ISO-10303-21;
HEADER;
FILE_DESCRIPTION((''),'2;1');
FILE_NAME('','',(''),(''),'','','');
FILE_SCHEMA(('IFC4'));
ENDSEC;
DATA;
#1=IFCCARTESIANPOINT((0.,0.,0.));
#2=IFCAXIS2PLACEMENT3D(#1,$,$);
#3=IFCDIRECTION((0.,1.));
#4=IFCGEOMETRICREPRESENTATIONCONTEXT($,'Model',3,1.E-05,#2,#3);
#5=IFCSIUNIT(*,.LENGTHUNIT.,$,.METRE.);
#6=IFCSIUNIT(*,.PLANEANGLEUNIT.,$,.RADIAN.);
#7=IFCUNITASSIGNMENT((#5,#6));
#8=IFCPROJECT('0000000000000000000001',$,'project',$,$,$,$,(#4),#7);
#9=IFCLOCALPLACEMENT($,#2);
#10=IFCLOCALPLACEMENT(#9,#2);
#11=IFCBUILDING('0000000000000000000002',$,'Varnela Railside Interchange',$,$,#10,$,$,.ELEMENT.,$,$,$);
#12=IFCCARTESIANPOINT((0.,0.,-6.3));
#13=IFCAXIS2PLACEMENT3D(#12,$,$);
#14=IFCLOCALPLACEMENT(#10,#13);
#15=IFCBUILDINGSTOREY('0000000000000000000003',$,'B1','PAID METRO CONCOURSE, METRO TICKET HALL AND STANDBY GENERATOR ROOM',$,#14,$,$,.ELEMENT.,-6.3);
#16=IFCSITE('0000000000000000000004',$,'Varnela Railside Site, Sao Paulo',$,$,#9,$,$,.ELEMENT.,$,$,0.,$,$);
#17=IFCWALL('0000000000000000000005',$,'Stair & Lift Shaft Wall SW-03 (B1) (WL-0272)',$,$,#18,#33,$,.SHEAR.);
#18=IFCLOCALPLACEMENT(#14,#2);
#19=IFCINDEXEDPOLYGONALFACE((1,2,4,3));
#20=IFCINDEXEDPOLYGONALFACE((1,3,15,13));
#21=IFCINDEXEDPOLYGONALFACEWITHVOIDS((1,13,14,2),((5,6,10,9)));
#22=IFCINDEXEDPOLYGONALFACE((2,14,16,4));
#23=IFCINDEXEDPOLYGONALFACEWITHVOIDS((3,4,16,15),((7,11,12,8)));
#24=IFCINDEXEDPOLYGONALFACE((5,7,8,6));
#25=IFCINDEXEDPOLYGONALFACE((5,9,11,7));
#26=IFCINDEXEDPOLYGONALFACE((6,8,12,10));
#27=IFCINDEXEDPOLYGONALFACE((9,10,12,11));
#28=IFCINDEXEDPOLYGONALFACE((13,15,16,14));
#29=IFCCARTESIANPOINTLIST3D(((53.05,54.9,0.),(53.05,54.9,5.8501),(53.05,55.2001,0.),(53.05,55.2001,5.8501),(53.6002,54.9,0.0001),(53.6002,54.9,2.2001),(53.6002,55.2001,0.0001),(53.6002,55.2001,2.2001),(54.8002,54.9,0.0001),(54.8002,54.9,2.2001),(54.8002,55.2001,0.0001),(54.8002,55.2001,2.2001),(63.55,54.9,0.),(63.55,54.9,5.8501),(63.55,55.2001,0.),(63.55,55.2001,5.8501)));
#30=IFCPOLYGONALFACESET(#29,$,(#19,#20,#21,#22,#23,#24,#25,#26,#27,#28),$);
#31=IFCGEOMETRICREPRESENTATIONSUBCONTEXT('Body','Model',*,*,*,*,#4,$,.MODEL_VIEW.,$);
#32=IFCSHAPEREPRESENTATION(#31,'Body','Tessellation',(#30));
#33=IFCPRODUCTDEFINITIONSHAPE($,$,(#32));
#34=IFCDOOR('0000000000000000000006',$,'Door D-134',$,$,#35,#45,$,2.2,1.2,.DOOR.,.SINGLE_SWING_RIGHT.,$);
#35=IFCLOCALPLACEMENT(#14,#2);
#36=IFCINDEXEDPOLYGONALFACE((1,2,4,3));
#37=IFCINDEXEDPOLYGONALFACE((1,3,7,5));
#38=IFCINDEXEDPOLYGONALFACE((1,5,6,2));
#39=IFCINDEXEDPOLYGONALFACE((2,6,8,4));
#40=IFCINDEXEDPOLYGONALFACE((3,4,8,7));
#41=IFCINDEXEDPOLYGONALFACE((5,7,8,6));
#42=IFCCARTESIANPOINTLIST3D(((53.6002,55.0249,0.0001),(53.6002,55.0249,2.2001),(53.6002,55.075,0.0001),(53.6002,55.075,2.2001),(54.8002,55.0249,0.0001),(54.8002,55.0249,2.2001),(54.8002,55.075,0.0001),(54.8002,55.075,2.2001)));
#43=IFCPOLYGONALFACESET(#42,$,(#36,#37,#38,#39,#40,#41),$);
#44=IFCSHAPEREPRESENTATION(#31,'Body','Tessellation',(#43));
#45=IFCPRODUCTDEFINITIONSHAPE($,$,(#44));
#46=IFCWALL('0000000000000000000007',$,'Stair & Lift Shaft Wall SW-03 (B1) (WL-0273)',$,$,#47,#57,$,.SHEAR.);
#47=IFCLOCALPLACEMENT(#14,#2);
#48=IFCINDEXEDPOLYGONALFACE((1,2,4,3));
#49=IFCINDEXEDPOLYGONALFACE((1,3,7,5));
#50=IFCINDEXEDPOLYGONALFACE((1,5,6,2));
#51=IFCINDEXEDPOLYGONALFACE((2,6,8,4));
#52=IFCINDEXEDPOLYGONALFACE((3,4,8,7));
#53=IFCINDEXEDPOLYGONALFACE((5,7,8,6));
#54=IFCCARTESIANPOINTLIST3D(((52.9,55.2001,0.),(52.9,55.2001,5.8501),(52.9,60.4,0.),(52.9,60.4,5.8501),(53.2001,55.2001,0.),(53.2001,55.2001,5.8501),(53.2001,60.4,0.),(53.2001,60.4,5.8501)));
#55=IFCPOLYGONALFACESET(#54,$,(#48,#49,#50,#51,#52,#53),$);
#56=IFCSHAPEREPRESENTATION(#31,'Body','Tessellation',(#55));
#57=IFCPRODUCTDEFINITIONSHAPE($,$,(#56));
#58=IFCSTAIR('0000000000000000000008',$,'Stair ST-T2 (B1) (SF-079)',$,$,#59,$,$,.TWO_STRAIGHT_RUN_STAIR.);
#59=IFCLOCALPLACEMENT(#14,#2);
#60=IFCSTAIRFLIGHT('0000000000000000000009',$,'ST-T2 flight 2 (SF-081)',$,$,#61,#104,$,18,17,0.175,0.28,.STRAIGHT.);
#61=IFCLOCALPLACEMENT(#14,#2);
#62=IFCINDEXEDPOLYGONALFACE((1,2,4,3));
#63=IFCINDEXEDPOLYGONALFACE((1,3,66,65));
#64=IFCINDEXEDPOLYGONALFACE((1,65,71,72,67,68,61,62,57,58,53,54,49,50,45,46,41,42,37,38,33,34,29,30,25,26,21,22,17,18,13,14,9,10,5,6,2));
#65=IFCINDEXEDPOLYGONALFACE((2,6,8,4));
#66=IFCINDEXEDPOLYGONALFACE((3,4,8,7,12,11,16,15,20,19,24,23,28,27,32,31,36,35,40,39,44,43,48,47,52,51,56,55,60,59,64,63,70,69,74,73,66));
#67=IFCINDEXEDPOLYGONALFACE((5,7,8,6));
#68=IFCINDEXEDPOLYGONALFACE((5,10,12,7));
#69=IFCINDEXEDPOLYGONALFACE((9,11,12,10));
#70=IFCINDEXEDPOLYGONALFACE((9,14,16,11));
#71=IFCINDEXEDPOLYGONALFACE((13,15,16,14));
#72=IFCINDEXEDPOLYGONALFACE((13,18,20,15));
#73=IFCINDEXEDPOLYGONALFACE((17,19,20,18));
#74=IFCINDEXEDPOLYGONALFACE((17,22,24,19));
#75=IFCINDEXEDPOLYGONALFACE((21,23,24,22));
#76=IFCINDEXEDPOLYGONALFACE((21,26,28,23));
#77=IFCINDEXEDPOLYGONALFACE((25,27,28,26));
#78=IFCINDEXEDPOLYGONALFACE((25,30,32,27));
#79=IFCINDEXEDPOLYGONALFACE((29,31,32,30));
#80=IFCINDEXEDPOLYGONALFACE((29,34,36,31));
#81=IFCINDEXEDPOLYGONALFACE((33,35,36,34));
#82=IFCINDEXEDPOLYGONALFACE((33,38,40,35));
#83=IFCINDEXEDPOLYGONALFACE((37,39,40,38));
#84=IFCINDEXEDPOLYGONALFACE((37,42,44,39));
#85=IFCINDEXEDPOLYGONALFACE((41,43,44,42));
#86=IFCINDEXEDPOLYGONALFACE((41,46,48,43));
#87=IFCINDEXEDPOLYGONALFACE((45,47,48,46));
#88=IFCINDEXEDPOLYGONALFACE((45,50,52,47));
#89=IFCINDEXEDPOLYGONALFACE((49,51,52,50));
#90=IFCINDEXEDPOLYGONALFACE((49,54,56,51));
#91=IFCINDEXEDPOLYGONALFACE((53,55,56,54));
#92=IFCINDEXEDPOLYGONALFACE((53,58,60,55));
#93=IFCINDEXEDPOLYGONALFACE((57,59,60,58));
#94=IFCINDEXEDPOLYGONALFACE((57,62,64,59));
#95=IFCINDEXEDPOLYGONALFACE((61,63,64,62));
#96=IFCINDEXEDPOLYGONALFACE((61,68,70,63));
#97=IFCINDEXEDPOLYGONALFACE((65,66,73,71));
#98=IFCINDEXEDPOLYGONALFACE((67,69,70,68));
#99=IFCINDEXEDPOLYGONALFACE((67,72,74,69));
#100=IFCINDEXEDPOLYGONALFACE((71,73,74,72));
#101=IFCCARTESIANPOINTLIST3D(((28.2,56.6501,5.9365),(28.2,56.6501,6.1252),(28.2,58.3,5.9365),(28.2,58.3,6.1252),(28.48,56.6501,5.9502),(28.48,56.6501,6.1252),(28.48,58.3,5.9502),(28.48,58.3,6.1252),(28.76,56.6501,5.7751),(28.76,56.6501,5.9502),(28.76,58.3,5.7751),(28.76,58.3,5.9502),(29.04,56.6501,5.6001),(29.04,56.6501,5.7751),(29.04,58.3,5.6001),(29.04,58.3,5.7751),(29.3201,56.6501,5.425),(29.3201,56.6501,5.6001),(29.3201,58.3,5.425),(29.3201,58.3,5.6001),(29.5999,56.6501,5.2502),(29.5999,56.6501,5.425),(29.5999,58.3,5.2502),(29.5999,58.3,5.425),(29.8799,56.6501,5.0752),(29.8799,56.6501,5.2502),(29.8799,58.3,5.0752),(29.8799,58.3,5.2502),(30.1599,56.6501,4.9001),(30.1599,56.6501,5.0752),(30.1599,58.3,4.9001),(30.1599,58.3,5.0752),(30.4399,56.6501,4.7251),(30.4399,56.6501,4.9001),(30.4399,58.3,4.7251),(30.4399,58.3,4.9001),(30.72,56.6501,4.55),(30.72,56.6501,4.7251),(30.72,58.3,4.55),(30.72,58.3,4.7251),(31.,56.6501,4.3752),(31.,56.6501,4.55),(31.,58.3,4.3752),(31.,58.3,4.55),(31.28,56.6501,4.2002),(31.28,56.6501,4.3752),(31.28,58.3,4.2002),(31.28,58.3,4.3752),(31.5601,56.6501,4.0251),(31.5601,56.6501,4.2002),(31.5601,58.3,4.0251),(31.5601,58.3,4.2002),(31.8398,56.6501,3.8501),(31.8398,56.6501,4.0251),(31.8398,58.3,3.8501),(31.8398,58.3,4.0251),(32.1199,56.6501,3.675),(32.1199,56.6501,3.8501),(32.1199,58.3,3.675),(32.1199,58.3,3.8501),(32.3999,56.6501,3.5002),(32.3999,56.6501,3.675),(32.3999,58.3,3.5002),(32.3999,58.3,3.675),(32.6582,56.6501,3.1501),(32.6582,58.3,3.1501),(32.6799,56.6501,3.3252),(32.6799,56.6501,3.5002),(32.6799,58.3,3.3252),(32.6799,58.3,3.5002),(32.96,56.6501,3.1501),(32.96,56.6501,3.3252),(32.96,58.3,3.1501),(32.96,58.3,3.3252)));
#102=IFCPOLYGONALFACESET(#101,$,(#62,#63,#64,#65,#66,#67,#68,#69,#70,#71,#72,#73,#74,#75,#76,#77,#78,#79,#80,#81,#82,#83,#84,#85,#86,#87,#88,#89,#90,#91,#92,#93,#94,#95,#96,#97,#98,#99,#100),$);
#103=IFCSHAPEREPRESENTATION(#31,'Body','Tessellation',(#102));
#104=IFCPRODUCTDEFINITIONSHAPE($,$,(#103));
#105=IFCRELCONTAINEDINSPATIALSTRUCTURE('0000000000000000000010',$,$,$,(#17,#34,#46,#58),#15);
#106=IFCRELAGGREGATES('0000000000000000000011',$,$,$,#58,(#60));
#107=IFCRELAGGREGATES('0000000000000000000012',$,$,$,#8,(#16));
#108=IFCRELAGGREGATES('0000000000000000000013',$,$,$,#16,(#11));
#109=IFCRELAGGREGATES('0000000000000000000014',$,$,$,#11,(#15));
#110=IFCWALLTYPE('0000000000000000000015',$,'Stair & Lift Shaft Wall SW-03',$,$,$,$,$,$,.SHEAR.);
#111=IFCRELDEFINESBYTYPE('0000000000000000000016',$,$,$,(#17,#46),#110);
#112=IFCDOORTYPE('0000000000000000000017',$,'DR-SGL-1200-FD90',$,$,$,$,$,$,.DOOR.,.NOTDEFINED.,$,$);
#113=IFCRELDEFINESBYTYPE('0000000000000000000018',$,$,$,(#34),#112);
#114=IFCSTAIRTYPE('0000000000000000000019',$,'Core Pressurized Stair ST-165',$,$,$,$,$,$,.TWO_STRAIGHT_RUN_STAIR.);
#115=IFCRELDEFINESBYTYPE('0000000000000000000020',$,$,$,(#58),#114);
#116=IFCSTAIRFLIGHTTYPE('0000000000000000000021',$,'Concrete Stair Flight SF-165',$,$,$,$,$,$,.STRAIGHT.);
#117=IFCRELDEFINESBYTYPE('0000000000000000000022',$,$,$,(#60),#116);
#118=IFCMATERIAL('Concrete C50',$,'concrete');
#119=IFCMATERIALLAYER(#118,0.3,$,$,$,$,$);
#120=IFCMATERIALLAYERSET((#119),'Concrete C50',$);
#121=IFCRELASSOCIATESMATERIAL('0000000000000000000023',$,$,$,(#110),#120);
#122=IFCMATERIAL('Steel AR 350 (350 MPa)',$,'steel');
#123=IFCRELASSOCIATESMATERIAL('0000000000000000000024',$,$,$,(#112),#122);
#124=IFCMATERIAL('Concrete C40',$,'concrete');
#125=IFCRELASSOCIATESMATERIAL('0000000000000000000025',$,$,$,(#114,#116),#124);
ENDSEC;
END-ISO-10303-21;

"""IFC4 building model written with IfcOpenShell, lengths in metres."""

from ifc_helpers import new_model, si_unit, direction, frame, frame_2d, origin, place, context, subcontext, project, spatial, polyline, rectangle, outline, extrude, material, layer, layer_set, type_object, element, fill, aggregate, save


model = new_model("IFC4")

# Units and contexts
model_context = context("Model", 3, precision=1e-05, world=origin(), true_north=direction((0.0, 1.0)))
body_context = subcontext(model_context, "Body", "Model", "MODEL_VIEW")
ifc_project = project(units=[si_unit("LENGTHUNIT", "METRE"), si_unit("PLANEANGLEUNIT", "RADIAN")], contexts=[model_context])

# Site, building, storey
site_placement = place(None, origin())
site = spatial("IfcSite", under=ifc_project, at=site_placement, Name="Varnela Railside Site, Sao Paulo", CompositionType="ELEMENT", RefElevation=0.0)
building_placement = place(site_placement, origin())
building = spatial("IfcBuilding", under=site, at=building_placement, Name="Varnela Railside Interchange", CompositionType="ELEMENT")
storey_placement = place(building_placement, frame((0.0, 0.0, -6.3)))
storey = spatial("IfcBuildingStorey", under=building, at=storey_placement, Name="B1", Description="PAID METRO CONCOURSE, METRO TICKET HALL AND STANDBY GENERATOR ROOM", CompositionType="ELEMENT", Elevation=-6.3)

# Shared definitions
ifc_material_1 = material(Name="Concrete C50", Category="concrete")

# Shared definitions
ifc_material_2 = material(Name="Concrete C40", Category="concrete")

# Shared definitions
ifc_layer_1 = layer(ifc_material_1, 0.3)
ifc_layer_set_1 = layer_set([ifc_layer_1], Name="Concrete C50")
wall_type_1 = type_object("IfcWallType", Name="Stair & Lift Shaft Wall SW-03", PredefinedType="SHEAR", material=ifc_layer_set_1)

# Wall, opening, door
wall_1_placement = place(storey_placement, frame((53.05, 55.05, 0.0), z_axis=(0.0, 0.0, 1.0), x_axis=(1.0, 0.0, 0.0)))
wall_1 = element("IfcWall", 1, at=wall_1_placement, inside=storey, type_object=wall_type_1, Name="Stair & Lift Shaft Wall SW-03 (B1) (WL-0272)", PredefinedType="SHEAR", context=body_context, shape_type="SweptSolid", body=[
    extrude(rectangle(XDim=10.5, YDim=0.3, at=frame_2d((5.25, 0.0))), origin(), (0.0, 0.0, 1.0), 5.8501),
])
opening_placement = place(wall_1_placement, frame((0.55, 0.0, 0.0)))
opening = element("IfcOpeningElement", 2, at=opening_placement, cuts=wall_1, PredefinedType="OPENING", context=body_context, shape_type="SweptSolid", body=[
    extrude(rectangle(XDim=1.2, YDim=2.2, at=frame_2d((0.6001, 1.1001))), frame((0.0, 0.1599, 0.0), z_axis=(0.0, -1.0, 0.0), x_axis=(1.0, 0.0, 0.0)), (0.0, 0.0, 1.0), 0.3201),
])
ifc_material_3 = material(Name="Steel AR 350 (350 MPa)", Category="steel")
door_type = type_object("IfcDoorType", Name="DR-SGL-1200-FD90", OperationType="NOTDEFINED", PredefinedType="DOOR", material=ifc_material_3)
door_placement = place(opening_placement, origin())
door = element("IfcDoor", 3, at=door_placement, inside=storey, type_object=door_type, Name="Door D-134", OperationType="SINGLE_SWING_RIGHT", OverallHeight=2.2, OverallWidth=1.2, PredefinedType="DOOR", context=body_context, shape_type="SweptSolid", body=[
    extrude(rectangle(XDim=1.2, YDim=2.2, at=frame_2d((0.6001, 1.1001))), frame((0.0, 0.0249, 0.0), z_axis=(0.0, -1.0, 0.0), x_axis=(1.0, 0.0, 0.0)), (0.0, 0.0, 1.0), 0.05),
])
fill(opening, door)

# Wall
wall_2_placement = place(storey_placement, frame((53.05, 55.2, 0.0), z_axis=(0.0, 0.0, 1.0), x_axis=(0.0, 1.0, 0.0)))
element("IfcWall", 4, at=wall_2_placement, inside=storey, type_object=wall_type_1, Name="Stair & Lift Shaft Wall SW-03 (B1) (WL-0273)", PredefinedType="SHEAR", context=body_context, shape_type="SweptSolid", body=[
    extrude(rectangle(XDim=5.2, YDim=0.3, at=frame_2d((2.6001, 0.0))), origin(), (0.0, 0.0, 1.0), 5.8501),
])

# Stair, stair flight
stair_type = type_object("IfcStairType", Name="Core Pressurized Stair ST-165", PredefinedType="TWO_STRAIGHT_RUN_STAIR", material=ifc_material_2)
stair_placement = place(storey_placement, origin())
stair = element("IfcStair", 5, at=stair_placement, inside=storey, type_object=stair_type, Name="Stair ST-T2 (B1) (SF-079)", PredefinedType="TWO_STRAIGHT_RUN_STAIR")
stair_flight_type = type_object("IfcStairFlightType", Name="Concrete Stair Flight SF-165", PredefinedType="STRAIGHT", material=ifc_material_2)
stair_flight_placement = place(storey_placement, frame((32.96, 57.4751, 3.1501), z_axis=(0.0, 0.0, 1.0), x_axis=(-1.0, 0.0, 0.0)))
stair_flight = element("IfcStairFlight", 6, at=stair_flight_placement, type_object=stair_flight_type, Name="ST-T2 flight 2 (SF-081)", NumberOfRisers=18, NumberOfTreads=17, PredefinedType="STRAIGHT", RiserHeight=0.175, TreadLength=0.28, context=body_context, shape_type="SweptSolid", body=[
    extrude(outline(polyline([(0.0, 0.0), (0.0, 0.175), (0.28, 0.175), (0.28, 0.3501), (0.5601, 0.3501), (0.5601, 0.5249), (0.8401, 0.5249), (0.8401, 0.7), (1.1201, 0.7), (1.1201, 0.875), (1.3999, 0.875), (1.3999, 1.05), (1.6799, 1.05), (1.6799, 1.2251), (1.96, 1.2251), (1.96, 1.3999), (2.24, 1.3999), (2.24, 1.575), (2.52, 1.575), (2.52, 1.75), (2.8, 1.75), (2.8, 1.925), (3.0801, 1.925), (3.0801, 2.1001), (3.3601, 2.1001), (3.3601, 2.2749), (3.6399, 2.2749), (3.6399, 2.45), (3.9199, 2.45), (3.9199, 2.625), (4.2, 2.625), (4.2, 2.8), (4.48, 2.8), (4.48, 2.9751), (4.76, 2.9751), (4.76, 3.1499), (4.76, 2.7864), (0.3018, 0.0), (0.0, 0.0)])), frame((0.0, 0.825, 0.0), z_axis=(0.0, -1.0, 0.0), x_axis=(1.0, 0.0, 0.0)), (0.0, 0.0, 1.0), 1.6499),
])
aggregate(stair, [stair_flight])

save(model, "model.ifc")
